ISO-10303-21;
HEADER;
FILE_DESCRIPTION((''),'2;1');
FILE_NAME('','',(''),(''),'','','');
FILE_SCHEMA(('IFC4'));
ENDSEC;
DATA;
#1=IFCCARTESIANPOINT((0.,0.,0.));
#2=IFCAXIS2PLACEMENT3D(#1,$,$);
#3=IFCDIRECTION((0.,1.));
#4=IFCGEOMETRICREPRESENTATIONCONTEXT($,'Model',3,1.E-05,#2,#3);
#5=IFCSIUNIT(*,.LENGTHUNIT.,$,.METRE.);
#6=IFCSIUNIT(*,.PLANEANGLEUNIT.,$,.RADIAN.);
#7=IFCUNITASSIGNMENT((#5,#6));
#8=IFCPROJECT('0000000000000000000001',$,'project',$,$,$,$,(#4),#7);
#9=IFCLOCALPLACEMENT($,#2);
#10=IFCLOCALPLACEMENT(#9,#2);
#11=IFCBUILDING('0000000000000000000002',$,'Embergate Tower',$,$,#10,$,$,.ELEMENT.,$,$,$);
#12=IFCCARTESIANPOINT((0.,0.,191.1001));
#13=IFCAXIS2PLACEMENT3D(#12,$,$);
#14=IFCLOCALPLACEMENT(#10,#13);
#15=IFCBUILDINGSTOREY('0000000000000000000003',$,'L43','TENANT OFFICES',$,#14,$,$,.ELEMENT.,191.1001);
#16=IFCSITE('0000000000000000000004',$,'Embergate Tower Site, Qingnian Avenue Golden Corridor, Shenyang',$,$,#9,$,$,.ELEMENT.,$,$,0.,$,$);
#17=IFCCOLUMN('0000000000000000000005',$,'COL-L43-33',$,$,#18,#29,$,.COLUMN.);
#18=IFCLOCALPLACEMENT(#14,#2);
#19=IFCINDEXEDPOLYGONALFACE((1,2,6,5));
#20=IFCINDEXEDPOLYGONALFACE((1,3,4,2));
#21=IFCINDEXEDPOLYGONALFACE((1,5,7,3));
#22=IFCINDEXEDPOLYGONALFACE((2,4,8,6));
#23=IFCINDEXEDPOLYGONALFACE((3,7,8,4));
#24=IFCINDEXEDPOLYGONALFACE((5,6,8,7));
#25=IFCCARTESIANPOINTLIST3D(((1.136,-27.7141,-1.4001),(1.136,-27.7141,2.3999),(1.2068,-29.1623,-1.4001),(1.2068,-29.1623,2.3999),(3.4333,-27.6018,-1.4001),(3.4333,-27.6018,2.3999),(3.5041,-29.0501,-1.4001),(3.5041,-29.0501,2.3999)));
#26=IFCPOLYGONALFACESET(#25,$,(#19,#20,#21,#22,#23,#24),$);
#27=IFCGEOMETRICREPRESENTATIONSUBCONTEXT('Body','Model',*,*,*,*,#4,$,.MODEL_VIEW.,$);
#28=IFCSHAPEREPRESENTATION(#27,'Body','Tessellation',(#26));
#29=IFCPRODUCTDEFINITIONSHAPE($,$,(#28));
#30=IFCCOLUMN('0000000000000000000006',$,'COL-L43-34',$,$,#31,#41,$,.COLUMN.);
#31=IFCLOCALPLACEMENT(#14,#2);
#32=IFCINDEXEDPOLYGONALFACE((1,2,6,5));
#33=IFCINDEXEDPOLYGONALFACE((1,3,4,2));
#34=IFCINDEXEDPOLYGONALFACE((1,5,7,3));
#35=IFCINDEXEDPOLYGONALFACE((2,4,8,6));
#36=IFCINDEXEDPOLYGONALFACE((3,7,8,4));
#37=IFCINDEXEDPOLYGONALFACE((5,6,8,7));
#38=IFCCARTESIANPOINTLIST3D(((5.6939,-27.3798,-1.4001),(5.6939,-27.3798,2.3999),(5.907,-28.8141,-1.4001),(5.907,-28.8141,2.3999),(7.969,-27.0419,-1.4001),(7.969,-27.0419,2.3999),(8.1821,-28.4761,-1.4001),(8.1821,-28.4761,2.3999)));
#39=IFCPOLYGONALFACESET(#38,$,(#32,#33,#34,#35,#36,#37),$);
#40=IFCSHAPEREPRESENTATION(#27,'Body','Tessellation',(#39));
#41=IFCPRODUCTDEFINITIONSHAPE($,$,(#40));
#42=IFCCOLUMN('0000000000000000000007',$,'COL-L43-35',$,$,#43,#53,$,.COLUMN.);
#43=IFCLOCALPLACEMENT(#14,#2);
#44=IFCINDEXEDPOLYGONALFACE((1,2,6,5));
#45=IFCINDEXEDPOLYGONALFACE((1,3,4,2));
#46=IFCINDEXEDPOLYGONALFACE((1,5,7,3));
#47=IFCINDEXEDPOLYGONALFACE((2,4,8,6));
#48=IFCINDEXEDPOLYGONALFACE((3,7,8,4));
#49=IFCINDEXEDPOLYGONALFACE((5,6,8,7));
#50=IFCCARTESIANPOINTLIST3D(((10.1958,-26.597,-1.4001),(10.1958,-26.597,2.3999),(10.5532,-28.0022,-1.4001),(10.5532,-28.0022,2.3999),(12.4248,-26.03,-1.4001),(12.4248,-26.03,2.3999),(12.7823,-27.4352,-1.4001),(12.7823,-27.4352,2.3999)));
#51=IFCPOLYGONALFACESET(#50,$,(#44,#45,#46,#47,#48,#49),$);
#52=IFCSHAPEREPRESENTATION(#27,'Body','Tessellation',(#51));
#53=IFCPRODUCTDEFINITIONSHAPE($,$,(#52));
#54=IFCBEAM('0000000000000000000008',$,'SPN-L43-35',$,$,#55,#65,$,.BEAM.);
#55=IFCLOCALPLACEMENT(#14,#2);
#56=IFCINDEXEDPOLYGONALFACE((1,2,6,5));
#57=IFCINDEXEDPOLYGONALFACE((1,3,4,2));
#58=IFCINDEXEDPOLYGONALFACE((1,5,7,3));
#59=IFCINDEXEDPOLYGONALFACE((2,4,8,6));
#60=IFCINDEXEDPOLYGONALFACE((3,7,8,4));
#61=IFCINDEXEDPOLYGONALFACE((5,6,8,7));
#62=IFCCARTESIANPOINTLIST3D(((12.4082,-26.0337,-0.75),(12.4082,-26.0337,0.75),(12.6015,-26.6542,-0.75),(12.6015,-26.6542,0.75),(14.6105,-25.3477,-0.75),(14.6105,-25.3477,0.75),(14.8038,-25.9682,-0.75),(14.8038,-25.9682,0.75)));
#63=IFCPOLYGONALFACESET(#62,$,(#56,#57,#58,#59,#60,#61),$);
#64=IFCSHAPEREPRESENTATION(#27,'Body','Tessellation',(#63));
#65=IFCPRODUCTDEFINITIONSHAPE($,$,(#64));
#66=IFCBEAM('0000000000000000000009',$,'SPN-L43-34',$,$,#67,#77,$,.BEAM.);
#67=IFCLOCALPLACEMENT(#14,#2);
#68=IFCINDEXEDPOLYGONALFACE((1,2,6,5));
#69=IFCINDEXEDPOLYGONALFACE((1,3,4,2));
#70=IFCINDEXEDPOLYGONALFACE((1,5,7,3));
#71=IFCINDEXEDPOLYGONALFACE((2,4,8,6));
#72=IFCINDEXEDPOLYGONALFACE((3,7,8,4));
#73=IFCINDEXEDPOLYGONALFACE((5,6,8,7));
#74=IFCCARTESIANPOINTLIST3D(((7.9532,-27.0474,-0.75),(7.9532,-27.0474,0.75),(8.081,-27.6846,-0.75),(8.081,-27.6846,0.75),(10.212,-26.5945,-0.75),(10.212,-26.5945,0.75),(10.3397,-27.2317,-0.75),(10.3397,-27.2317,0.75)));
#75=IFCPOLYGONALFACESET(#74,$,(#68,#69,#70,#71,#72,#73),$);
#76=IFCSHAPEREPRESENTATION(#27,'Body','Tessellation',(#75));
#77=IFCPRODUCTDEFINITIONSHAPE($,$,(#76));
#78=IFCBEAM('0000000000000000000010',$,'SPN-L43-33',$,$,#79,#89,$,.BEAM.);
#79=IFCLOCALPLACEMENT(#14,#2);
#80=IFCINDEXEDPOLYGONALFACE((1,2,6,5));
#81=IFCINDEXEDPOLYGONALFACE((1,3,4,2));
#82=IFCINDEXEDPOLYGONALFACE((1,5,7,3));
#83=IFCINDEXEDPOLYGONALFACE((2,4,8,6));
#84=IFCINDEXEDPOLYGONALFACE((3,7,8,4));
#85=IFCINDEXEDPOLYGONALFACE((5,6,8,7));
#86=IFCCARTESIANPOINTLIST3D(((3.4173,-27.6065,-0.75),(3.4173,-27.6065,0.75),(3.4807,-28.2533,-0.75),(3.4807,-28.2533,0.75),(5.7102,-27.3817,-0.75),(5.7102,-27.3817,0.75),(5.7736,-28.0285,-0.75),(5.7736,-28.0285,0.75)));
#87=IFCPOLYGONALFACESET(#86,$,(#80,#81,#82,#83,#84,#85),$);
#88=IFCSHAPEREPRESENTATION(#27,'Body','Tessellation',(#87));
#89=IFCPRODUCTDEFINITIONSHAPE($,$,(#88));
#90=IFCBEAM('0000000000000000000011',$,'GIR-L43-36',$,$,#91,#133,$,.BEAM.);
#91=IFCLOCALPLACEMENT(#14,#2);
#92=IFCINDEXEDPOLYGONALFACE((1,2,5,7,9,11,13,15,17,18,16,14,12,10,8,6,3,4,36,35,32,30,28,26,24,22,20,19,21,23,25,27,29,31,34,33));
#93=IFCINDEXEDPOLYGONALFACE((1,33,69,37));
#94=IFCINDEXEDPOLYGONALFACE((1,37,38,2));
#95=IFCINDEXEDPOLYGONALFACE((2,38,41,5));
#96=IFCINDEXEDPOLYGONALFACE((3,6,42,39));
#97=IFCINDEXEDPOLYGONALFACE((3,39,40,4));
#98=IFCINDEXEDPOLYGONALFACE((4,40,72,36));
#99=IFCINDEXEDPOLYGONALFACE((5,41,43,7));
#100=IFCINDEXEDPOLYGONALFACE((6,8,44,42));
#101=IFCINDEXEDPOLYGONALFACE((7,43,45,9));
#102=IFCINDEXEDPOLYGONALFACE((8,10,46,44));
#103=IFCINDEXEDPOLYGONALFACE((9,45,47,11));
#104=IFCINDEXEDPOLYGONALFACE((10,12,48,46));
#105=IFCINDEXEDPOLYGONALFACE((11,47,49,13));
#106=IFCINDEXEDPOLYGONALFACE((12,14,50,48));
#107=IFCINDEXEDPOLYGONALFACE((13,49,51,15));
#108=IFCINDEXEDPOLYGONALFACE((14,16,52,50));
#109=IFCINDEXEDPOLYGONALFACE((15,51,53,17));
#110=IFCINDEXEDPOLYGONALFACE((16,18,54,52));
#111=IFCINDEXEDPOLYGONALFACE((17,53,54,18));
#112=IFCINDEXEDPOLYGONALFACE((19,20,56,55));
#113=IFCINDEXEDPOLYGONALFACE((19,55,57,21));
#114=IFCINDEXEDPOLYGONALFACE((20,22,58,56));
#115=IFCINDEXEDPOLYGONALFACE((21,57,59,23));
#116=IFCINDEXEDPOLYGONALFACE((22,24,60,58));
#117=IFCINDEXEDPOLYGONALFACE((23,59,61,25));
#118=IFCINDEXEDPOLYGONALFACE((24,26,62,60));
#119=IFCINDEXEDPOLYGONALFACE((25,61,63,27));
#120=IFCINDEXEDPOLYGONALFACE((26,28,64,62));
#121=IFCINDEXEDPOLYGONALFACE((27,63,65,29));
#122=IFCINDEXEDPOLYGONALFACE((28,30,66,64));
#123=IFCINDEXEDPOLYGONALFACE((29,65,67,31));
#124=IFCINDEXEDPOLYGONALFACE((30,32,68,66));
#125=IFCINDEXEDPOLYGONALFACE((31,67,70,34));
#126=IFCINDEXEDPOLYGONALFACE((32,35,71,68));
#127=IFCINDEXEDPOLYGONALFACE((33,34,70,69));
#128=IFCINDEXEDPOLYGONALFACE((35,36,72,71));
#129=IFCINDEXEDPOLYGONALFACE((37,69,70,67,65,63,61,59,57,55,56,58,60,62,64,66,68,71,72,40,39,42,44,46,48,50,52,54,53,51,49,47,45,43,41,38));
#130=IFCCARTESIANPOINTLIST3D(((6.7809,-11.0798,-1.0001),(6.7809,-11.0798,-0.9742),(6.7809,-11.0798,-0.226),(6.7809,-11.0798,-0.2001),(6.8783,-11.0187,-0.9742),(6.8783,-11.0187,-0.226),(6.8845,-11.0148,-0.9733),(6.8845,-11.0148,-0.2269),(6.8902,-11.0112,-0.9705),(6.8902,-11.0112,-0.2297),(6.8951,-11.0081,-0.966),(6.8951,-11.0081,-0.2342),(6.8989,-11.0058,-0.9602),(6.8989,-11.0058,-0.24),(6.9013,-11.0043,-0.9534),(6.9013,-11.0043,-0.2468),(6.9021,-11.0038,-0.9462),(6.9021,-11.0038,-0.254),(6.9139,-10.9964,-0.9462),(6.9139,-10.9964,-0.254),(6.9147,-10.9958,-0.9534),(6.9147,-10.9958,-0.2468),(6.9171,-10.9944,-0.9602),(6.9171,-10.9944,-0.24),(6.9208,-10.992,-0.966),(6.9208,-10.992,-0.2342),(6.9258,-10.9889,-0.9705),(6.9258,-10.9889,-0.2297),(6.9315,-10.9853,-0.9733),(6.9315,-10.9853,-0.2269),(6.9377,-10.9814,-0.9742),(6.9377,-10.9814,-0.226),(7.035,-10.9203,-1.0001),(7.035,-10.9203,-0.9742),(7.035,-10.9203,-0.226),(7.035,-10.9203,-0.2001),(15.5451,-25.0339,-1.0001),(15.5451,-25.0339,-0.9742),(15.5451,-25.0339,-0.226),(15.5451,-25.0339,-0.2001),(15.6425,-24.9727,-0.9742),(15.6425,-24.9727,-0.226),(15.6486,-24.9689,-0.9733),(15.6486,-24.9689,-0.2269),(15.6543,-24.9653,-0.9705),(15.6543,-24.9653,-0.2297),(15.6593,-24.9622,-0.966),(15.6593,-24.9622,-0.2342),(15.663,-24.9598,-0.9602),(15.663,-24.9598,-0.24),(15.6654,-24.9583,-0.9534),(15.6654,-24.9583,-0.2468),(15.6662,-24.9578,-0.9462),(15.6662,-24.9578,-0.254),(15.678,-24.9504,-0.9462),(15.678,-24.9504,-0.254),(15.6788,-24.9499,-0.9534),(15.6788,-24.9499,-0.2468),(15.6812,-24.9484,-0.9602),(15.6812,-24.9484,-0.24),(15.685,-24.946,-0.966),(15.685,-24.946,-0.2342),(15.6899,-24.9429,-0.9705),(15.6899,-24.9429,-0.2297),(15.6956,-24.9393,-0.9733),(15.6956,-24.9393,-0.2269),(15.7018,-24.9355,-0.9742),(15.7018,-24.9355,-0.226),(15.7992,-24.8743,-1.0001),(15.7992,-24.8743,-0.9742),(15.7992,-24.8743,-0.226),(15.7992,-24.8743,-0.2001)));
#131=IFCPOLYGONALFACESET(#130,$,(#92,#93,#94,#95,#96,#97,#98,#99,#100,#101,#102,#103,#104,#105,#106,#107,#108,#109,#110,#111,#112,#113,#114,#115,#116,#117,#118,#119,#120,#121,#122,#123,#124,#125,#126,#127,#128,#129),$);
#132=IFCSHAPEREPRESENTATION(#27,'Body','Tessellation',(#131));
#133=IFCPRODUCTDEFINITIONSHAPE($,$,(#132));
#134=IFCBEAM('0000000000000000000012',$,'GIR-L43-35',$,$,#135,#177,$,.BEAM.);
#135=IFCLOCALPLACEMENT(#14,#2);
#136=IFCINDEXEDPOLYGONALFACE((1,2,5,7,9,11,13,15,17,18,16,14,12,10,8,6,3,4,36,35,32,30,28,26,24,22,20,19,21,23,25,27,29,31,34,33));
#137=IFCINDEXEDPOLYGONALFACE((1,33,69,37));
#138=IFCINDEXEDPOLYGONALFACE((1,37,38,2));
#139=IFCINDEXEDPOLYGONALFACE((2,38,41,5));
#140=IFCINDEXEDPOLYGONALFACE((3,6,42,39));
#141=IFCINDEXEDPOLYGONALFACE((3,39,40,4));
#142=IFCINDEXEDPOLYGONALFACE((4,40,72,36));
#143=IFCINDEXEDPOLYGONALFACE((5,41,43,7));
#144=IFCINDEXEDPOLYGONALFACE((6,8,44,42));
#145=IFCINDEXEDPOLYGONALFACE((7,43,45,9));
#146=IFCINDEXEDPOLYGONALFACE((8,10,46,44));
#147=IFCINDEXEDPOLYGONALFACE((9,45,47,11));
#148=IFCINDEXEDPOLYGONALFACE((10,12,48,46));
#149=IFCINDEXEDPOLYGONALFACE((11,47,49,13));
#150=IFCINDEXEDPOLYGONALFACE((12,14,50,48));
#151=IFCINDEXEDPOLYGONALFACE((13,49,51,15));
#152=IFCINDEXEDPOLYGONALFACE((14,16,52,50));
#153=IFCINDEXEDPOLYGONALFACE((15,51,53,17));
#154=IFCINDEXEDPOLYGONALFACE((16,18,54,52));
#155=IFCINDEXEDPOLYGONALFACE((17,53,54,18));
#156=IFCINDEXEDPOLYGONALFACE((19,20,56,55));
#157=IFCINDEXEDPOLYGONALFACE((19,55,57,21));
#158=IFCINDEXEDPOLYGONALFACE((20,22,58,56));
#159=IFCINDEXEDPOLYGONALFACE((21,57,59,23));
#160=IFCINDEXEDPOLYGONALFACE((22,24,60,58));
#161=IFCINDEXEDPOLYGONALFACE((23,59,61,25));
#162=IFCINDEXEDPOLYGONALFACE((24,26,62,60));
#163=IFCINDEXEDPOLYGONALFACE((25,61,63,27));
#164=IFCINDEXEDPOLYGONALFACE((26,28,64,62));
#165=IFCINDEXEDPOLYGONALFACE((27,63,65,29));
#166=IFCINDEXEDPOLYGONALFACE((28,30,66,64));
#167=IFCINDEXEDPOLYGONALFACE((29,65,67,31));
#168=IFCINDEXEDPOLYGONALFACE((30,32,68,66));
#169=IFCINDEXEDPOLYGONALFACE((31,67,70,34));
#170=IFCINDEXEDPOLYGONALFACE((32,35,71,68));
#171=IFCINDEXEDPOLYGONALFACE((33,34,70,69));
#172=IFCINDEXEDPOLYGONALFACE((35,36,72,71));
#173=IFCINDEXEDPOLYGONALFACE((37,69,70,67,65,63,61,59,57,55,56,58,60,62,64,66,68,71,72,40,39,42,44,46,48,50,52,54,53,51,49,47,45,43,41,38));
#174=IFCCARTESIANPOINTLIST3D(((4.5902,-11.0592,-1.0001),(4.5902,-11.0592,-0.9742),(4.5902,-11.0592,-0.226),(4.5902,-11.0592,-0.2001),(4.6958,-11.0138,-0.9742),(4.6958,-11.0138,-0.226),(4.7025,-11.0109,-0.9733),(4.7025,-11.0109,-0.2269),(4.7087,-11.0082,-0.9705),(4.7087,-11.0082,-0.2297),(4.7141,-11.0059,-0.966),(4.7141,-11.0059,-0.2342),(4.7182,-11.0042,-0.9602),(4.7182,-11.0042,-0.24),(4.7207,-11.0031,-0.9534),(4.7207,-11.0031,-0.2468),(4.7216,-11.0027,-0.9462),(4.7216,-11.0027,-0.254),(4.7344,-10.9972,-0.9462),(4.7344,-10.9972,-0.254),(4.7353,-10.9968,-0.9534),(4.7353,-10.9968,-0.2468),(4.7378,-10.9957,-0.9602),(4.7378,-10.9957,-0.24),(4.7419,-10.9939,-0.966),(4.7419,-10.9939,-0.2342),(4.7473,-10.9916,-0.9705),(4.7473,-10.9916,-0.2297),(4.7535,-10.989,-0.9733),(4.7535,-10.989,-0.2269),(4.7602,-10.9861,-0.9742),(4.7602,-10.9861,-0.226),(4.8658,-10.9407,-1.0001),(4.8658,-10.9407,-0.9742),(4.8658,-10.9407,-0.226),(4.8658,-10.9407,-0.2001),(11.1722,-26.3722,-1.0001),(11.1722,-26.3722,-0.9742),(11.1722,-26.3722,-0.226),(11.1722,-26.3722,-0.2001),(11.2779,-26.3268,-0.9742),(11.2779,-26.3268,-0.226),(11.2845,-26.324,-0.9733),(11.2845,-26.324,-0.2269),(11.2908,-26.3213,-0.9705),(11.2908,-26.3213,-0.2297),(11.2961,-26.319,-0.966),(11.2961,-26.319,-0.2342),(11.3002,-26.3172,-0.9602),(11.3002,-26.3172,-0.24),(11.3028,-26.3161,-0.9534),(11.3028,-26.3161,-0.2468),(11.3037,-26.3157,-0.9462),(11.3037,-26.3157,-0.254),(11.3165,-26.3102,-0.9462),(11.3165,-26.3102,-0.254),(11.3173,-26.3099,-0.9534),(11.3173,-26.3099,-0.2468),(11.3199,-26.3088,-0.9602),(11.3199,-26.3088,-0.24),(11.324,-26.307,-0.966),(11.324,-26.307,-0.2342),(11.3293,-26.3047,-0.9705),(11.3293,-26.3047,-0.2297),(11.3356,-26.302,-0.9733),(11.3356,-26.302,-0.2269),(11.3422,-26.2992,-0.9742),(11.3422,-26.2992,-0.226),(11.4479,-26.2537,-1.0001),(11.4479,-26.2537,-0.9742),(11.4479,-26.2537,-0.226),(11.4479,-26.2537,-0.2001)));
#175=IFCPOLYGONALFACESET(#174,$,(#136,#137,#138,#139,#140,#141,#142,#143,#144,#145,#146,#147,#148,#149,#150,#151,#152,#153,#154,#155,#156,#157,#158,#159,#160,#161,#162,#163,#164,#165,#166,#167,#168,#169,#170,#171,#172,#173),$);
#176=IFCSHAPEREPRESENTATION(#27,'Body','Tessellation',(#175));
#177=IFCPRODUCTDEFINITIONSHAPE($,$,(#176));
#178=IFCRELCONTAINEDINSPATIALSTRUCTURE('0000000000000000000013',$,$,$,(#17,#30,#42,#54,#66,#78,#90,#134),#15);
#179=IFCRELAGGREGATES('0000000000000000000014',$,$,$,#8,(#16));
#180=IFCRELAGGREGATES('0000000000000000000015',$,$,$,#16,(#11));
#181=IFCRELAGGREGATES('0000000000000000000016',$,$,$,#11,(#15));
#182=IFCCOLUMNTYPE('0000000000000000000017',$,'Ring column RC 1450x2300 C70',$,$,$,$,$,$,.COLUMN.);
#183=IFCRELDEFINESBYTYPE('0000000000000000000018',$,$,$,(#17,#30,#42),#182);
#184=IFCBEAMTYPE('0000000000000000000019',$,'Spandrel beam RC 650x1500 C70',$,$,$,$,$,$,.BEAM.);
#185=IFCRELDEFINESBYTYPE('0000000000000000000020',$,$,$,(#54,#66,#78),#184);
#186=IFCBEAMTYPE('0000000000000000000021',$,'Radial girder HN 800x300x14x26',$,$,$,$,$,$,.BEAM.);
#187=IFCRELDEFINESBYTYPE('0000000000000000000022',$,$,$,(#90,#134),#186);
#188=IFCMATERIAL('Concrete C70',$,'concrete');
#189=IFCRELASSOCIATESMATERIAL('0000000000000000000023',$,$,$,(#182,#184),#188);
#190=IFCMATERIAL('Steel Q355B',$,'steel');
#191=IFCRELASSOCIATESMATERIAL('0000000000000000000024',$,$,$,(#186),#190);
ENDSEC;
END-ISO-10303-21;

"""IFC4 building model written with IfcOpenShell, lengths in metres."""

from ifc_helpers import new_model, si_unit, direction, frame, origin, origin_2d, place, context, subcontext, project, spatial, rectangle, i_section, extrude, source, transform, mapped, material, material_profile, profile_set, type_object, element, save


model = new_model("IFC4")

# Units and contexts
model_context = context("Model", 3, precision=1e-05, world=origin(), true_north=direction((0.0, 1.0)))
body_context = subcontext(model_context, "Body", "Model", "MODEL_VIEW")
ifc_project = project(units=[si_unit("LENGTHUNIT", "METRE"), si_unit("PLANEANGLEUNIT", "RADIAN")], contexts=[model_context])

# Site, building, storey
site_placement = place(None, origin())
site = spatial("IfcSite", under=ifc_project, at=site_placement, Name="Embergate Tower Site, Qingnian Avenue Golden Corridor, Shenyang", CompositionType="ELEMENT", RefElevation=0.0)
building_placement = place(site_placement, origin())
building = spatial("IfcBuilding", under=site, at=building_placement, Name="Embergate Tower", CompositionType="ELEMENT")
storey_placement = place(building_placement, frame((0.0, 0.0, 191.1001)))
storey = spatial("IfcBuildingStorey", under=building, at=storey_placement, Name="L43", Description="TENANT OFFICES", CompositionType="ELEMENT", Elevation=191.1001)

# Columns
ifc_material_1 = material(Name="Concrete C70", Category="concrete")
ifc_material_profile_1 = material_profile(ifc_material_1, rectangle(XDim=1.45, YDim=2.3, at=origin_2d()), Name="RC 1450x2300")
ifc_profile_set_1 = profile_set([ifc_material_profile_1], Name="Concrete C70")
column_type = type_object("IfcColumnType", Name="Ring column RC 1450x2300 C70", PredefinedType="COLUMN", material=ifc_profile_set_1)
shared_shape_1 = source(origin(), body_context, "Body", "SweptSolid", [
    extrude(rectangle(XDim=1.45, YDim=2.3, at=origin_2d()), origin(), (0.0, 0.0, 1.0), 3.8),
])
for number, where, z_axis, x_axis, name in (
    (1, (2.3201, -28.3821, -1.4001), (0.0, 0.0, 1.0), (0.048815, -0.998808, 0.0), "COL-L43-33"),
    (2, (6.938, -27.928, -1.4001), (0.0, 0.0, 1.0), (0.146929, -0.989147, 0.0), "COL-L43-34"),
    (3, (11.489, -27.0161, -1.4001), (0.0, 0.0, 1.0), (0.246509, -0.969141, 0.0), "COL-L43-35"),
):
    element("IfcColumn", number, at=place(storey_placement, frame(where, z_axis=z_axis, x_axis=x_axis)), inside=storey, type_object=column_type, Name=name, PredefinedType="COLUMN", context=body_context, shape_type="MappedRepresentation", body=[
        mapped(shared_shape_1, transform((0.0, 0.0, 0.0))),
    ])

# Beams
ifc_material_profile_2 = material_profile(ifc_material_1, rectangle(XDim=0.6499, YDim=1.5, at=origin_2d()), Name="RC 650x1500")
ifc_profile_set_2 = profile_set([ifc_material_profile_2], Name="Concrete C70")
beam_type_1 = type_object("IfcBeamType", Name="Spandrel beam RC 650x1500 C70", PredefinedType="BEAM", material=ifc_profile_set_2)
shared_shape_2 = source(origin(), body_context, "Body", "SweptSolid", [
    extrude(rectangle(XDim=0.6499, YDim=1.5, at=origin_2d()), origin(), (0.0, 0.0, 1.0), 2.3066),
])
beam_1_placement = place(storey_placement, frame((12.5049, -26.344, 0.0), z_axis=(0.954743, 0.297431, 0.0), x_axis=(-0.297431, 0.954743, 0.0)))
element("IfcBeam", 4, at=beam_1_placement, inside=storey, type_object=beam_type_1, Name="SPN-L43-35", PredefinedType="BEAM", context=body_context, shape_type="MappedRepresentation", body=[
    mapped(shared_shape_2, transform((0.0, 0.0, 0.0))),
])
shared_shape_3 = source(origin(), body_context, "Body", "SweptSolid", [
    extrude(rectangle(XDim=0.6499, YDim=1.5, at=origin_2d()), origin(), (0.0, 0.0, 1.0), 2.3037),
])
beam_2_placement = place(storey_placement, frame((8.0171, -27.366, 0.0), z_axis=(0.980487, 0.196585, 0.0), x_axis=(-0.196585, 0.980487, 0.0)))
element("IfcBeam", 5, at=beam_2_placement, inside=storey, type_object=beam_type_1, Name="SPN-L43-34", PredefinedType="BEAM", context=body_context, shape_type="MappedRepresentation", body=[
    mapped(shared_shape_3, transform((0.0, 0.0, 0.0))),
])
shared_shape_4 = source(origin(), body_context, "Body", "SweptSolid", [
    extrude(rectangle(XDim=0.6499, YDim=1.5, at=origin_2d()), origin(), (0.0, 0.0, 1.0), 2.304),
])
beam_3_placement = place(storey_placement, frame((3.449, -27.9299, 0.0), z_axis=(0.995226, 0.097594, 0.0), x_axis=(-0.097594, 0.995226, 0.0)))
element("IfcBeam", 6, at=beam_3_placement, inside=storey, type_object=beam_type_1, Name="SPN-L43-33", PredefinedType="BEAM", context=body_context, shape_type="MappedRepresentation", body=[
    mapped(shared_shape_4, transform((0.0, 0.0, 0.0))),
])
ifc_material_2 = material(Name="Steel Q355B", Category="steel")
ifc_material_profile_3 = material_profile(ifc_material_2, i_section(OverallWidth=0.3, OverallDepth=0.8, WebThickness=0.0139, FlangeThickness=0.0259, FilletRadius=0.0281, at=origin_2d()), Name="HN 800x300x14x26")
ifc_profile_set_3 = profile_set([ifc_material_profile_3], Name="Steel Q355 grade B")
beam_type_2 = type_object("IfcBeamType", Name="Radial girder HN 800x300x14x26", PredefinedType="BEAM", material=ifc_profile_set_3)
shared_shape_5 = source(origin(), body_context, "Body", "SweptSolid", [
    extrude(i_section(OverallWidth=0.3, OverallDepth=0.8, WebThickness=0.0139, FlangeThickness=0.0259, FilletRadius=0.0281, at=origin_2d()), origin(), (0.0, 0.0, 1.0), 16.478),
])
beam_4_placement = place(storey_placement, frame((15.6721, -24.9541, -0.6001), z_axis=(-0.531867, 0.846828, 0.0), x_axis=(-0.846828, -0.531867, 0.0)))
element("IfcBeam", 7, at=beam_4_placement, inside=storey, type_object=beam_type_2, Name="GIR-L43-36", PredefinedType="BEAM", context=body_context, shape_type="MappedRepresentation", body=[
    mapped(shared_shape_5, transform((0.0, 0.0, 0.0))),
])
shared_shape_6 = source(origin(), body_context, "Body", "SweptSolid", [
    extrude(i_section(OverallWidth=0.3, OverallDepth=0.8, WebThickness=0.0139, FlangeThickness=0.0259, FilletRadius=0.0281, at=origin_2d()), origin(), (0.0, 0.0, 1.0), 16.6677),
])
beam_5_placement = place(storey_placement, frame((11.3101, -26.313, -0.6001), z_axis=(-0.394898, 0.918725, 0.0), x_axis=(-0.918725, -0.394898, 0.0)))
element("IfcBeam", 8, at=beam_5_placement, inside=storey, type_object=beam_type_2, Name="GIR-L43-35", PredefinedType="BEAM", context=body_context, shape_type="MappedRepresentation", body=[
    mapped(shared_shape_6, transform((0.0, 0.0, 0.0))),
])

save(model, "model.ifc")
